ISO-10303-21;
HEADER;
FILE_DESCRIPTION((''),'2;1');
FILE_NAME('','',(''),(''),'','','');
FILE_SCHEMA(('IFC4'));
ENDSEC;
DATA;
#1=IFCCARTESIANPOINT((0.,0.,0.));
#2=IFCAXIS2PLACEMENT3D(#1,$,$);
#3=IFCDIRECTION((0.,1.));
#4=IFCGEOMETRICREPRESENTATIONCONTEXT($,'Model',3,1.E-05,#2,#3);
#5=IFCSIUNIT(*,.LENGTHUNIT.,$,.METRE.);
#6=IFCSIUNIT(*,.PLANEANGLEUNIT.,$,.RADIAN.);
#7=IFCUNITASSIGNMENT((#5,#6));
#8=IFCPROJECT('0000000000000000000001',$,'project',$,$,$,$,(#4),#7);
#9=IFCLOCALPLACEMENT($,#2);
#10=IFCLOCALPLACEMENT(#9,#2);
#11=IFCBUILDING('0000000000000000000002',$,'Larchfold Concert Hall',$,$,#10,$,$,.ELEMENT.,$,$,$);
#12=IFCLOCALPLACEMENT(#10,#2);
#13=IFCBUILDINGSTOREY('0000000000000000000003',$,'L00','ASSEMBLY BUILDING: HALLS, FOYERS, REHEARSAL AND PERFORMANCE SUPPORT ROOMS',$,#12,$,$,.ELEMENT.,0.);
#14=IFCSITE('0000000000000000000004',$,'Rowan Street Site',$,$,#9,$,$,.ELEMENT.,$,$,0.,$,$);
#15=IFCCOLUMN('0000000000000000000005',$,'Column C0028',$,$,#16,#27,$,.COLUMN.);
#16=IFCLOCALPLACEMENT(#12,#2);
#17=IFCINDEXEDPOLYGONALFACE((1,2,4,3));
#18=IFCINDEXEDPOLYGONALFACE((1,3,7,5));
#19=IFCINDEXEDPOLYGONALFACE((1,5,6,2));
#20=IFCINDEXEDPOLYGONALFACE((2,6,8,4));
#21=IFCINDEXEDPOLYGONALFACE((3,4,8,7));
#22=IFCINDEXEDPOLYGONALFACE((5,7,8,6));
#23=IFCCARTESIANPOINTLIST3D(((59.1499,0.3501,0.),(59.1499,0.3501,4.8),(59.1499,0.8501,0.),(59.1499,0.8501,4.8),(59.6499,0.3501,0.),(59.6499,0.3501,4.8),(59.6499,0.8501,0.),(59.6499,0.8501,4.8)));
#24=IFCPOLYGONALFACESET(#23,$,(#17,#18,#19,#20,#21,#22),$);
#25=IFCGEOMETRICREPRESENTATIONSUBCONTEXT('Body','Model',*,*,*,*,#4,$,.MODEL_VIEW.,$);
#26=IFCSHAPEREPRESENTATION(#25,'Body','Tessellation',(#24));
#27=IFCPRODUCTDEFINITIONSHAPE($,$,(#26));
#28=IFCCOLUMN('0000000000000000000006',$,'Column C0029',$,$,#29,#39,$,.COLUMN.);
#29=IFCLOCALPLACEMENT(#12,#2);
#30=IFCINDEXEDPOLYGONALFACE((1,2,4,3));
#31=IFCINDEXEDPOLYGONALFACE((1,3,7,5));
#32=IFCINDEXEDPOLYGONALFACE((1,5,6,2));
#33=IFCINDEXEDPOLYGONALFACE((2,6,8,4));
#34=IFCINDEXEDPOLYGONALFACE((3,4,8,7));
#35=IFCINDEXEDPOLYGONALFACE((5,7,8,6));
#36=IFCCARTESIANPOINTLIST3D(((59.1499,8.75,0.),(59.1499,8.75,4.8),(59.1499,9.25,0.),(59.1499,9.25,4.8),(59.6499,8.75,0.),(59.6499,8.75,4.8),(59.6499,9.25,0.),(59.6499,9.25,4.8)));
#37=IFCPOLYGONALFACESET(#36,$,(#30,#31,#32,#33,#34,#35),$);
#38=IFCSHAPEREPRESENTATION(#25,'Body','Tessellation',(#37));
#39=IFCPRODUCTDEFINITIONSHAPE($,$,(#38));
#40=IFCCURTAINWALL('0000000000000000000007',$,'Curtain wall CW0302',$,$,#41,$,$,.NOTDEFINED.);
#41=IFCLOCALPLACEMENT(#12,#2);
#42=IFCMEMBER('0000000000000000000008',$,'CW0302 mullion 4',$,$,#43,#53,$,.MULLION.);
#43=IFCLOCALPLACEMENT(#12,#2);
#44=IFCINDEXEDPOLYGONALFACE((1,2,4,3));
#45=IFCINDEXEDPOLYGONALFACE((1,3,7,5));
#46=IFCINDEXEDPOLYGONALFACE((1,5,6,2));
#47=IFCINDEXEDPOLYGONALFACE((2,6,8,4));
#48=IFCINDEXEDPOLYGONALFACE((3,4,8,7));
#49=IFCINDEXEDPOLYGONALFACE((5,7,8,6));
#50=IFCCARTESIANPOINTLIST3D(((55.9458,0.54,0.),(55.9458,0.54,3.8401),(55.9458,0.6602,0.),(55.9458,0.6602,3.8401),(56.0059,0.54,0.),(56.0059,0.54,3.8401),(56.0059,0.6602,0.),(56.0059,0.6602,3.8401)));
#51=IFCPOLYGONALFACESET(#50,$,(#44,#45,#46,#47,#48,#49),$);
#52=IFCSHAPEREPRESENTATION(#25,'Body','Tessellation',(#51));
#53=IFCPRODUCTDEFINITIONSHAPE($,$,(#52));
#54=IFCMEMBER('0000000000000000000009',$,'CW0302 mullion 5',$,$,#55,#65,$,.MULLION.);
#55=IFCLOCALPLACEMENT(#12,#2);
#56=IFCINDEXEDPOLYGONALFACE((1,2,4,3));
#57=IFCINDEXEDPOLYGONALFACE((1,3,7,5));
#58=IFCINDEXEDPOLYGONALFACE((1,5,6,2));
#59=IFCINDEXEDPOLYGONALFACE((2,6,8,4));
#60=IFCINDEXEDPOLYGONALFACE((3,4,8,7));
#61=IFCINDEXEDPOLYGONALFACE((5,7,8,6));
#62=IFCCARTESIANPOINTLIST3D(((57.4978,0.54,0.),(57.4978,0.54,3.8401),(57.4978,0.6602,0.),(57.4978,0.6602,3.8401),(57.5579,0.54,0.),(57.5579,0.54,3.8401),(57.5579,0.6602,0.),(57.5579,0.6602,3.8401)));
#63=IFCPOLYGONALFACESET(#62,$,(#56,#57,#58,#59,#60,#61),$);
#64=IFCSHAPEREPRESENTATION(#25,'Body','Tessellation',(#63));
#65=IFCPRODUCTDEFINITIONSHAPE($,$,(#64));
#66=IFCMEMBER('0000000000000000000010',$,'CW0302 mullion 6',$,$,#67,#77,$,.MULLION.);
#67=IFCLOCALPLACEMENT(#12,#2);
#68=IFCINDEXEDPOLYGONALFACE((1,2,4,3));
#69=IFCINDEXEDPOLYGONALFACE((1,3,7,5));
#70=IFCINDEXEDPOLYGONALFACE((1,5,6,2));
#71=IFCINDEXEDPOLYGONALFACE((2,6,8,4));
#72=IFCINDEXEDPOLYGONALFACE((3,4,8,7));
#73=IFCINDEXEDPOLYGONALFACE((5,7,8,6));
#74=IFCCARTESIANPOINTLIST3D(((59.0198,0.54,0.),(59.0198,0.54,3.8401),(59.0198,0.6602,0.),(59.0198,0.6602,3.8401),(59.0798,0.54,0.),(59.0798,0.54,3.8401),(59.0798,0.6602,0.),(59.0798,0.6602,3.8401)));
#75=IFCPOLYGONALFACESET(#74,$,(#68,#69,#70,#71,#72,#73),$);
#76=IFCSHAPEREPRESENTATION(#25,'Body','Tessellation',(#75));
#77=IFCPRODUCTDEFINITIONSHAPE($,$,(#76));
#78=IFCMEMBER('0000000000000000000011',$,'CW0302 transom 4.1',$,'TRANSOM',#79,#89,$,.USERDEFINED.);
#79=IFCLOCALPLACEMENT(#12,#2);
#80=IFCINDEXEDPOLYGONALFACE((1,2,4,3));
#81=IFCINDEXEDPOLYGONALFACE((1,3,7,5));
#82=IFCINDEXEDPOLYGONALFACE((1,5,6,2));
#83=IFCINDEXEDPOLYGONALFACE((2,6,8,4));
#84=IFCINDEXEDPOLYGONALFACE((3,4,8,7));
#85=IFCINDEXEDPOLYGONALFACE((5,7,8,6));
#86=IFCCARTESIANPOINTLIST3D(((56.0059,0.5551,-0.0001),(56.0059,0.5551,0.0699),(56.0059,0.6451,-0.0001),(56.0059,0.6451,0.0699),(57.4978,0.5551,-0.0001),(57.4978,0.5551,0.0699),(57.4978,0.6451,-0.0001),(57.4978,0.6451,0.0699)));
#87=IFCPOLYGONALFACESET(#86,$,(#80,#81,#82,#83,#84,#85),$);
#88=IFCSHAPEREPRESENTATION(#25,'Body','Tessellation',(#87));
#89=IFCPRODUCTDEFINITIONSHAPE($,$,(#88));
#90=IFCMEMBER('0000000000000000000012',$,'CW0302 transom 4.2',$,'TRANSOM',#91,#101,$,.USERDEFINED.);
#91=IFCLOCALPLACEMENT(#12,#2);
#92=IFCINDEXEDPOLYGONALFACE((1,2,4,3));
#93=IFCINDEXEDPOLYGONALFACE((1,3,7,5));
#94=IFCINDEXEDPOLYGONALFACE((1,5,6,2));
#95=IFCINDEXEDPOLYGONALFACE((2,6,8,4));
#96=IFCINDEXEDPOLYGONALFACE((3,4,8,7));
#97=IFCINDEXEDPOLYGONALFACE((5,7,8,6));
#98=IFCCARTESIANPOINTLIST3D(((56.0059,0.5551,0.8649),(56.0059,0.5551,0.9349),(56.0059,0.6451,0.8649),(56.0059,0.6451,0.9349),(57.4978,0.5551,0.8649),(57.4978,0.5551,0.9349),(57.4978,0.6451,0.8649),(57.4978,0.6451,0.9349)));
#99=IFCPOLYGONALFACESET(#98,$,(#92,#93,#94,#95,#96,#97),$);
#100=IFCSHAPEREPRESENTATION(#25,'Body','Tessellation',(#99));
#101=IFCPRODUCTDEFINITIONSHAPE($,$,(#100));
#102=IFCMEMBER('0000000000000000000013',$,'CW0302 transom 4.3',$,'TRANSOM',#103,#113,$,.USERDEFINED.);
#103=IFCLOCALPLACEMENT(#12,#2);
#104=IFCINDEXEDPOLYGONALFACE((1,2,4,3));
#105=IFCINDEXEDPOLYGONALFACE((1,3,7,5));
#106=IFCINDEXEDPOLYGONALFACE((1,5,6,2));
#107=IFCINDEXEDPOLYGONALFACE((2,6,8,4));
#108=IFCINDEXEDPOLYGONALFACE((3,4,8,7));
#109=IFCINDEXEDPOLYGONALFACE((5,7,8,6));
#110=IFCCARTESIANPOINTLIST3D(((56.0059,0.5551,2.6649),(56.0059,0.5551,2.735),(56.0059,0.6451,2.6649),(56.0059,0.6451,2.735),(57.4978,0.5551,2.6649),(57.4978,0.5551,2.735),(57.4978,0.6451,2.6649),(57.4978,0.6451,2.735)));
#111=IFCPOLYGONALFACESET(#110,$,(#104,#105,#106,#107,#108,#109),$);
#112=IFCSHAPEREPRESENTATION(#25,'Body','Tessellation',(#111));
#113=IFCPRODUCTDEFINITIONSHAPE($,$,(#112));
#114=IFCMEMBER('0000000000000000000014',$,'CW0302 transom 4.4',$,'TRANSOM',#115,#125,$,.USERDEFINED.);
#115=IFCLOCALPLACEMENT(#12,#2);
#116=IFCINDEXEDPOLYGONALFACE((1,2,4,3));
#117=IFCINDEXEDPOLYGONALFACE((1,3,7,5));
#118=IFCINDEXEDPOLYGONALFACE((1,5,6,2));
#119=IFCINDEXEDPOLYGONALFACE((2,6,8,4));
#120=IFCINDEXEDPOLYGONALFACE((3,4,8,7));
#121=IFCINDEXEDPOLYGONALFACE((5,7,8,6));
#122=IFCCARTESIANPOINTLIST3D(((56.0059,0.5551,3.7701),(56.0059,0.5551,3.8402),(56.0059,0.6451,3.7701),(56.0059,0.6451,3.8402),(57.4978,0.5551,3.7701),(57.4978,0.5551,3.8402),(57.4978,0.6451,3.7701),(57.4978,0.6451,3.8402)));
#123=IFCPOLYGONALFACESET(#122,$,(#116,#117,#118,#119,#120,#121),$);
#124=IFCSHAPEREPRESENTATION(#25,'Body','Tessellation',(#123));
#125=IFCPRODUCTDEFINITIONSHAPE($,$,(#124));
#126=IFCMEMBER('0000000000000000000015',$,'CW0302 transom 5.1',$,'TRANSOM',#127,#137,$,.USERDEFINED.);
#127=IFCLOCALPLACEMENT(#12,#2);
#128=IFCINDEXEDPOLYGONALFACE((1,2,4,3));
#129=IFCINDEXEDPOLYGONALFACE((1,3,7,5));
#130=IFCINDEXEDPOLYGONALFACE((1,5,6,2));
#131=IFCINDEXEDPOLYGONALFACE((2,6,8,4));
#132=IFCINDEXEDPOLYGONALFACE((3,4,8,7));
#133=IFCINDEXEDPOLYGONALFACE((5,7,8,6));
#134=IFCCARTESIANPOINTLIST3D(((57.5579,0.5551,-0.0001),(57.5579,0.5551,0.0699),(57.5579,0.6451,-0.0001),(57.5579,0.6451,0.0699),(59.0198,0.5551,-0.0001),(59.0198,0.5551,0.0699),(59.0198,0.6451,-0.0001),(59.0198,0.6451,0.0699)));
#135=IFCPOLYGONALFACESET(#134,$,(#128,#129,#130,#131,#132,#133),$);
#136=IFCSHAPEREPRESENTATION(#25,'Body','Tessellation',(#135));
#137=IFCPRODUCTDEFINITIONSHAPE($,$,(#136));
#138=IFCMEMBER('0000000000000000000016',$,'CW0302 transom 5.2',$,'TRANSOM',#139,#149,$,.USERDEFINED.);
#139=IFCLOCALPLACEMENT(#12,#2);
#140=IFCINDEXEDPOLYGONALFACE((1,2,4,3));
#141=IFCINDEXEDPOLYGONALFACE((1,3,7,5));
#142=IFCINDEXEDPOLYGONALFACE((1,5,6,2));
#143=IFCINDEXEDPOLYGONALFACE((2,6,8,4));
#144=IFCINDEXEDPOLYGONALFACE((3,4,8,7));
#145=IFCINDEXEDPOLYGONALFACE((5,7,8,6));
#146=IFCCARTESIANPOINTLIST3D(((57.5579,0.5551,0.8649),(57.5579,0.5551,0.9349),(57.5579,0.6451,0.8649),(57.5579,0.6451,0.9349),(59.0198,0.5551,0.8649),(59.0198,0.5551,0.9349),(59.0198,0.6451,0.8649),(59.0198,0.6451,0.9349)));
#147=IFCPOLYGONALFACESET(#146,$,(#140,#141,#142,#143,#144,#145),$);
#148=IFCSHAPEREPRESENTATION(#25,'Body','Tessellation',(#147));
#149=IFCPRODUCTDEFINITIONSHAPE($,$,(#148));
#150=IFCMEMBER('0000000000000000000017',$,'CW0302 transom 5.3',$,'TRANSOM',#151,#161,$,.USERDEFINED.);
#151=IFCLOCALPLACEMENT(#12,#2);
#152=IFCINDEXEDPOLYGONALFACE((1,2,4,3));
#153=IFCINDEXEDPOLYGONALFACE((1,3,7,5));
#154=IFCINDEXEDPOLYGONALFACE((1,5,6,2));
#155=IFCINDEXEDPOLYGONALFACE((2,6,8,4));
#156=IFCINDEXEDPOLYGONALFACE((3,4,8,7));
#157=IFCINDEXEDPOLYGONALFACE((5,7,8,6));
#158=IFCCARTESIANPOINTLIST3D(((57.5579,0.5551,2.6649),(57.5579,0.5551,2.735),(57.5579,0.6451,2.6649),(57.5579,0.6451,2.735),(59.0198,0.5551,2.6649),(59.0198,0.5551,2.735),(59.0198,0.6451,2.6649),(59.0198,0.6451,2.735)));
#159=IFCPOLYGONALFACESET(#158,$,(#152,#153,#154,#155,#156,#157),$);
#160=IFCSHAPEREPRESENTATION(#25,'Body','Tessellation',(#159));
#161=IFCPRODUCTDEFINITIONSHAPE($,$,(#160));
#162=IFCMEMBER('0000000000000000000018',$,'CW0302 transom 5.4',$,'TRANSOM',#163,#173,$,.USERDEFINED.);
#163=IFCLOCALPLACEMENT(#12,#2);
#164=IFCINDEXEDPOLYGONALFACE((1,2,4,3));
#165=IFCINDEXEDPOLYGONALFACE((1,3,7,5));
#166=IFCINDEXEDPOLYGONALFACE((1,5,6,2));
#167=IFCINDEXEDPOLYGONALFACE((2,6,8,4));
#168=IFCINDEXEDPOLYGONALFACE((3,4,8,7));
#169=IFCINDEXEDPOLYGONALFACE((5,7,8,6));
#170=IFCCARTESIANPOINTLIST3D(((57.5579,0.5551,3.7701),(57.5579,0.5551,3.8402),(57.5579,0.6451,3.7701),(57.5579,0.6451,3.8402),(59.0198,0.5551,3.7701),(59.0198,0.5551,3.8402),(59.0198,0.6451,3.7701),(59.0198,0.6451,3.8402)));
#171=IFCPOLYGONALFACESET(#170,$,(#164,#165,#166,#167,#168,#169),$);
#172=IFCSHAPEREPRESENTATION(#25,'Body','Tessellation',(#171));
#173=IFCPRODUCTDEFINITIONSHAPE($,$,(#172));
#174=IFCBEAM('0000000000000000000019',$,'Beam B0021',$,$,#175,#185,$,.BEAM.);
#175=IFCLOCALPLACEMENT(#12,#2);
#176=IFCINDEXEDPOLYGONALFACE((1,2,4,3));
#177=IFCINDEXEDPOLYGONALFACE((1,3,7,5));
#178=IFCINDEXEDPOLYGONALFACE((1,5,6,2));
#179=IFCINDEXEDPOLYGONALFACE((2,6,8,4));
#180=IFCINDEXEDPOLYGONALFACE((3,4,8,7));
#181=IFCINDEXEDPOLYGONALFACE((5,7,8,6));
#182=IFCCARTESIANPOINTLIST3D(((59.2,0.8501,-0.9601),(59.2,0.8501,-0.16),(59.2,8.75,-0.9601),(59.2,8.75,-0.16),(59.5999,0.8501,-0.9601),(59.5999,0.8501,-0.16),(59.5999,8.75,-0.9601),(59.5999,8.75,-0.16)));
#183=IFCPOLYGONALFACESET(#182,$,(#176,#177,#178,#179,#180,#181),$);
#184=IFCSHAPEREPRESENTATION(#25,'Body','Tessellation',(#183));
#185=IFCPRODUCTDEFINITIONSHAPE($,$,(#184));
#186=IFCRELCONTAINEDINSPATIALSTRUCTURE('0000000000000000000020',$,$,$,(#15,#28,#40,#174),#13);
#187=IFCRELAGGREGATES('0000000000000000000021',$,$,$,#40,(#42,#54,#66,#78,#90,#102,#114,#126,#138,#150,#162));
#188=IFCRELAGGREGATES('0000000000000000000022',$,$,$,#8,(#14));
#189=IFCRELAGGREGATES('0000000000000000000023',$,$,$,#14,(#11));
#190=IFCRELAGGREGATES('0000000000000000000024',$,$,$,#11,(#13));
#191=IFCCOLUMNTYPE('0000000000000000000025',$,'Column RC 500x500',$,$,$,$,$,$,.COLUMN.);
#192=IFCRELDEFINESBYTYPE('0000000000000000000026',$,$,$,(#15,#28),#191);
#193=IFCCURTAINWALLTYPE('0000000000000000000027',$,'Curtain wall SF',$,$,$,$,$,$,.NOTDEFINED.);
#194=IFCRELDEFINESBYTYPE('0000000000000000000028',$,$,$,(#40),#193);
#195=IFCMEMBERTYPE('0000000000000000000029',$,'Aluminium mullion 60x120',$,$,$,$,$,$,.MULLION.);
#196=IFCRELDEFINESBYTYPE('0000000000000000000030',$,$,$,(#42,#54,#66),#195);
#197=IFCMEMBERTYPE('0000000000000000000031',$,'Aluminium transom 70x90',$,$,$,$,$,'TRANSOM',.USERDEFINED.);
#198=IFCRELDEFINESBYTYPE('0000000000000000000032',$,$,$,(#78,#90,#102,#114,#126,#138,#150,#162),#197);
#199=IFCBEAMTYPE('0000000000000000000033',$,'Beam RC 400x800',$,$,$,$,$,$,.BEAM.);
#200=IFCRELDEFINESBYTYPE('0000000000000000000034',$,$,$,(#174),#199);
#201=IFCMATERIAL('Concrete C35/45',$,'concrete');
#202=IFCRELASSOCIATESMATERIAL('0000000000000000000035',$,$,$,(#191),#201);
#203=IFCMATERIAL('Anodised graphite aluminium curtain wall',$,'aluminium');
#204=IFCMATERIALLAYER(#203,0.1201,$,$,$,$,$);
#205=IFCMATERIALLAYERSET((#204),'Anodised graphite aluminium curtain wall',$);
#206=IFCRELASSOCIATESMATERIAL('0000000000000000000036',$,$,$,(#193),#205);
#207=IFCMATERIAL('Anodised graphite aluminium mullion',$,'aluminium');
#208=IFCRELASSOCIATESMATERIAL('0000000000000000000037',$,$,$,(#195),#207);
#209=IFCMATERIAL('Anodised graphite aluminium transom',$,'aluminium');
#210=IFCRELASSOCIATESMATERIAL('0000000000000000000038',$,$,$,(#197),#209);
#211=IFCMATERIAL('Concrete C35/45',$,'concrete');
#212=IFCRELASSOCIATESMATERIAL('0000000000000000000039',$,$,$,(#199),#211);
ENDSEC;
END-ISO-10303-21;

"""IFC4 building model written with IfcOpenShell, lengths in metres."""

from ifc_helpers import new_model, si_unit, direction, frame, origin, origin_2d, place, context, subcontext, project, spatial, rectangle, extrude, material, layer, layer_set, material_profile, profile_set, type_object, element, aggregate, save


model = new_model("IFC4")

# Units and contexts
model_context = context("Model", 3, precision=1e-05, world=origin(), true_north=direction((0.0, 1.0)))
body_context = subcontext(model_context, "Body", "Model", "MODEL_VIEW")
ifc_project = project(units=[si_unit("LENGTHUNIT", "METRE"), si_unit("PLANEANGLEUNIT", "RADIAN")], contexts=[model_context])

# Site, building, storey
site_placement = place(None, origin())
site = spatial("IfcSite", under=ifc_project, at=site_placement, Name="Rowan Street Site", CompositionType="ELEMENT", RefElevation=0.0)
building_placement = place(site_placement, origin())
building = spatial("IfcBuilding", under=site, at=building_placement, Name="Larchfold Concert Hall", CompositionType="ELEMENT")
storey_placement = place(building_placement, origin())
storey = spatial("IfcBuildingStorey", under=building, at=storey_placement, Name="L00", Description="ASSEMBLY BUILDING: HALLS, FOYERS, REHEARSAL AND PERFORMANCE SUPPORT ROOMS", CompositionType="ELEMENT", Elevation=0.0)

# Columns
ifc_material_1 = material(Name="Concrete C35/45", Category="concrete")
ifc_material_profile_1 = material_profile(ifc_material_1, rectangle(XDim=0.5, YDim=0.5, at=origin_2d()))
ifc_profile_set_1 = profile_set([ifc_material_profile_1], Name="Concrete C35/45")
column_type = type_object("IfcColumnType", Name="Column RC 500x500", PredefinedType="COLUMN", material=ifc_profile_set_1)
for number, where, z_axis, x_axis, name in (
    (1, (59.3999, 0.6001, 0.0), (0.0, 0.0, 1.0), (1.0, 0.0, 0.0), "Column C0028"),
    (2, (59.3999, 9.0, 0.0), (0.0, 0.0, 1.0), (1.0, 0.0, 0.0), "Column C0029"),
):
    element("IfcColumn", number, at=place(storey_placement, frame(where, z_axis=z_axis, x_axis=x_axis)), inside=storey, type_object=column_type, Name=name, PredefinedType="COLUMN", context=body_context, shape_type="SweptSolid", body=[
        extrude(rectangle(XDim=0.5, YDim=0.5, at=origin_2d()), origin(), (0.0, 0.0, 1.0), 4.8),
    ])

# Curtain wall, members
ifc_material_2 = material(Name="Anodised graphite aluminium curtain wall", Category="aluminium")
ifc_layer_1 = layer(ifc_material_2, 0.1201)
ifc_layer_set_1 = layer_set([ifc_layer_1], Name="Anodised graphite aluminium curtain wall")
curtain_wall_type = type_object("IfcCurtainWallType", Name="Curtain wall SF", PredefinedType="NOTDEFINED", material=ifc_layer_set_1)
curtain_wall_placement = place(storey_placement, origin())
curtain_wall = element("IfcCurtainWall", 3, at=curtain_wall_placement, inside=storey, type_object=curtain_wall_type, Name="Curtain wall CW0302", PredefinedType="NOTDEFINED")
ifc_material_3 = material(Name="Anodised graphite aluminium mullion", Category="aluminium")
ifc_material_profile_2 = material_profile(ifc_material_3, rectangle(XDim=0.1201, YDim=0.0601, at=origin_2d()))
ifc_profile_set_2 = profile_set([ifc_material_profile_2], Name="Anodised graphite aluminium mullion")
member_type_1 = type_object("IfcMemberType", Name="Aluminium mullion 60x120", PredefinedType="MULLION", material=ifc_profile_set_2)
member_1_placement = place(storey_placement, frame((55.9758, 0.6001, 0.0), z_axis=(0.0, 0.0, 1.0), x_axis=(0.0, 1.0, 0.0)))
member_1 = element("IfcMember", 4, at=member_1_placement, type_object=member_type_1, Name="CW0302 mullion 4", PredefinedType="MULLION", context=body_context, shape_type="SweptSolid", body=[
    extrude(rectangle(XDim=0.1201, YDim=0.0601, at=origin_2d()), origin(), (0.0, 0.0, 1.0), 3.8401),
])
member_2_placement = place(storey_placement, frame((57.5278, 0.6001, 0.0), z_axis=(0.0, 0.0, 1.0), x_axis=(0.0, 1.0, 0.0)))
member_2 = element("IfcMember", 5, at=member_2_placement, type_object=member_type_1, Name="CW0302 mullion 5", PredefinedType="MULLION", context=body_context, shape_type="SweptSolid", body=[
    extrude(rectangle(XDim=0.1201, YDim=0.0601, at=origin_2d()), origin(), (0.0, 0.0, 1.0), 3.8401),
])
member_3_placement = place(storey_placement, frame((59.0498, 0.6001, 0.0), z_axis=(0.0, 0.0, 1.0), x_axis=(0.0, 1.0, 0.0)))
member_3 = element("IfcMember", 6, at=member_3_placement, type_object=member_type_1, Name="CW0302 mullion 6", PredefinedType="MULLION", context=body_context, shape_type="SweptSolid", body=[
    extrude(rectangle(XDim=0.1201, YDim=0.0601, at=origin_2d()), origin(), (0.0, 0.0, 1.0), 3.8401),
])
ifc_material_4 = material(Name="Anodised graphite aluminium transom", Category="aluminium")
ifc_material_profile_3 = material_profile(ifc_material_4, rectangle(XDim=0.0901, YDim=0.0701, at=origin_2d()))
ifc_profile_set_3 = profile_set([ifc_material_profile_3], Name="Anodised graphite aluminium transom")
member_type_2 = type_object("IfcMemberType", Name="Aluminium transom 70x90", ElementType="TRANSOM", PredefinedType="USERDEFINED", material=ifc_profile_set_3)
member_4_placement = place(storey_placement, frame((56.0059, 0.6001, 0.0349), z_axis=(1.0, 0.0, 0.0), x_axis=(0.0, 1.0, 0.0)))
member_4 = element("IfcMember", 7, at=member_4_placement, type_object=member_type_2, Name="CW0302 transom 4.1", ObjectType="TRANSOM", PredefinedType="USERDEFINED", context=body_context, shape_type="SweptSolid", body=[
    extrude(rectangle(XDim=0.0901, YDim=0.0701, at=origin_2d()), origin(), (0.0, 0.0, 1.0), 1.4919),
])
member_5_placement = place(storey_placement, frame((56.0059, 0.6001, 0.8999), z_axis=(1.0, 0.0, 0.0), x_axis=(0.0, 1.0, 0.0)))
member_5 = element("IfcMember", 8, at=member_5_placement, type_object=member_type_2, Name="CW0302 transom 4.2", ObjectType="TRANSOM", PredefinedType="USERDEFINED", context=body_context, shape_type="SweptSolid", body=[
    extrude(rectangle(XDim=0.0901, YDim=0.0701, at=origin_2d()), origin(), (0.0, 0.0, 1.0), 1.4919),
])
member_6_placement = place(storey_placement, frame((56.0059, 0.6001, 2.7), z_axis=(1.0, 0.0, 0.0), x_axis=(0.0, 1.0, 0.0)))
member_6 = element("IfcMember", 9, at=member_6_placement, type_object=member_type_2, Name="CW0302 transom 4.3", ObjectType="TRANSOM", PredefinedType="USERDEFINED", context=body_context, shape_type="SweptSolid", body=[
    extrude(rectangle(XDim=0.0901, YDim=0.0701, at=origin_2d()), origin(), (0.0, 0.0, 1.0), 1.4919),
])
member_7_placement = place(storey_placement, frame((56.0059, 0.6001, 3.8052), z_axis=(1.0, 0.0, 0.0), x_axis=(0.0, 1.0, 0.0)))
member_7 = element("IfcMember", 10, at=member_7_placement, type_object=member_type_2, Name="CW0302 transom 4.4", ObjectType="TRANSOM", PredefinedType="USERDEFINED", context=body_context, shape_type="SweptSolid", body=[
    extrude(rectangle(XDim=0.0901, YDim=0.0701, at=origin_2d()), origin(), (0.0, 0.0, 1.0), 1.4919),
])
member_8_placement = place(storey_placement, frame((57.5579, 0.6001, 0.0349), z_axis=(1.0, 0.0, 0.0), x_axis=(0.0, 1.0, 0.0)))
member_8 = element("IfcMember", 11, at=member_8_placement, type_object=member_type_2, Name="CW0302 transom 5.1", ObjectType="TRANSOM", PredefinedType="USERDEFINED", context=body_context, shape_type="SweptSolid", body=[
    extrude(rectangle(XDim=0.0901, YDim=0.0701, at=origin_2d()), origin(), (0.0, 0.0, 1.0), 1.4619),
])
member_9_placement = place(storey_placement, frame((57.5579, 0.6001, 0.8999), z_axis=(1.0, 0.0, 0.0), x_axis=(0.0, 1.0, 0.0)))
member_9 = element("IfcMember", 12, at=member_9_placement, type_object=member_type_2, Name="CW0302 transom 5.2", ObjectType="TRANSOM", PredefinedType="USERDEFINED", context=body_context, shape_type="SweptSolid", body=[
    extrude(rectangle(XDim=0.0901, YDim=0.0701, at=origin_2d()), origin(), (0.0, 0.0, 1.0), 1.4619),
])
member_10_placement = place(storey_placement, frame((57.5579, 0.6001, 2.7), z_axis=(1.0, 0.0, 0.0), x_axis=(0.0, 1.0, 0.0)))
member_10 = element("IfcMember", 13, at=member_10_placement, type_object=member_type_2, Name="CW0302 transom 5.3", ObjectType="TRANSOM", PredefinedType="USERDEFINED", context=body_context, shape_type="SweptSolid", body=[
    extrude(rectangle(XDim=0.0901, YDim=0.0701, at=origin_2d()), origin(), (0.0, 0.0, 1.0), 1.4619),
])
member_11_placement = place(storey_placement, frame((57.5579, 0.6001, 3.8052), z_axis=(1.0, 0.0, 0.0), x_axis=(0.0, 1.0, 0.0)))
member_11 = element("IfcMember", 14, at=member_11_placement, type_object=member_type_2, Name="CW0302 transom 5.4", ObjectType="TRANSOM", PredefinedType="USERDEFINED", context=body_context, shape_type="SweptSolid", body=[
    extrude(rectangle(XDim=0.0901, YDim=0.0701, at=origin_2d()), origin(), (0.0, 0.0, 1.0), 1.4619),
])

# Beam
ifc_material_5 = material(Name="Concrete C35/45", Category="concrete")
ifc_material_profile_4 = material_profile(ifc_material_5, rectangle(XDim=0.3999, YDim=0.8, at=origin_2d()))
ifc_profile_set_4 = profile_set([ifc_material_profile_4], Name="Concrete C35/45")
beam_type = type_object("IfcBeamType", Name="Beam RC 400x800", PredefinedType="BEAM", material=ifc_profile_set_4)
for number, where, z_axis, x_axis, name in (
    (15, (59.3999, 0.8501, -0.5601), (0.0, 1.0, 0.0), (-1.0, 0.0, 0.0), "Beam B0021"),
):
    element("IfcBeam", number, at=place(storey_placement, frame(where, z_axis=z_axis, x_axis=x_axis)), inside=storey, type_object=beam_type, Name=name, PredefinedType="BEAM", context=body_context, shape_type="SweptSolid", body=[
        extrude(rectangle(XDim=0.3999, YDim=0.8, at=origin_2d()), origin(), (0.0, 0.0, 1.0), 7.8999),
    ])

aggregate(curtain_wall, [member_1, member_2, member_3, member_4, member_5, member_6, member_7, member_8, member_9, member_10, member_11])

save(model, "model.ifc")
